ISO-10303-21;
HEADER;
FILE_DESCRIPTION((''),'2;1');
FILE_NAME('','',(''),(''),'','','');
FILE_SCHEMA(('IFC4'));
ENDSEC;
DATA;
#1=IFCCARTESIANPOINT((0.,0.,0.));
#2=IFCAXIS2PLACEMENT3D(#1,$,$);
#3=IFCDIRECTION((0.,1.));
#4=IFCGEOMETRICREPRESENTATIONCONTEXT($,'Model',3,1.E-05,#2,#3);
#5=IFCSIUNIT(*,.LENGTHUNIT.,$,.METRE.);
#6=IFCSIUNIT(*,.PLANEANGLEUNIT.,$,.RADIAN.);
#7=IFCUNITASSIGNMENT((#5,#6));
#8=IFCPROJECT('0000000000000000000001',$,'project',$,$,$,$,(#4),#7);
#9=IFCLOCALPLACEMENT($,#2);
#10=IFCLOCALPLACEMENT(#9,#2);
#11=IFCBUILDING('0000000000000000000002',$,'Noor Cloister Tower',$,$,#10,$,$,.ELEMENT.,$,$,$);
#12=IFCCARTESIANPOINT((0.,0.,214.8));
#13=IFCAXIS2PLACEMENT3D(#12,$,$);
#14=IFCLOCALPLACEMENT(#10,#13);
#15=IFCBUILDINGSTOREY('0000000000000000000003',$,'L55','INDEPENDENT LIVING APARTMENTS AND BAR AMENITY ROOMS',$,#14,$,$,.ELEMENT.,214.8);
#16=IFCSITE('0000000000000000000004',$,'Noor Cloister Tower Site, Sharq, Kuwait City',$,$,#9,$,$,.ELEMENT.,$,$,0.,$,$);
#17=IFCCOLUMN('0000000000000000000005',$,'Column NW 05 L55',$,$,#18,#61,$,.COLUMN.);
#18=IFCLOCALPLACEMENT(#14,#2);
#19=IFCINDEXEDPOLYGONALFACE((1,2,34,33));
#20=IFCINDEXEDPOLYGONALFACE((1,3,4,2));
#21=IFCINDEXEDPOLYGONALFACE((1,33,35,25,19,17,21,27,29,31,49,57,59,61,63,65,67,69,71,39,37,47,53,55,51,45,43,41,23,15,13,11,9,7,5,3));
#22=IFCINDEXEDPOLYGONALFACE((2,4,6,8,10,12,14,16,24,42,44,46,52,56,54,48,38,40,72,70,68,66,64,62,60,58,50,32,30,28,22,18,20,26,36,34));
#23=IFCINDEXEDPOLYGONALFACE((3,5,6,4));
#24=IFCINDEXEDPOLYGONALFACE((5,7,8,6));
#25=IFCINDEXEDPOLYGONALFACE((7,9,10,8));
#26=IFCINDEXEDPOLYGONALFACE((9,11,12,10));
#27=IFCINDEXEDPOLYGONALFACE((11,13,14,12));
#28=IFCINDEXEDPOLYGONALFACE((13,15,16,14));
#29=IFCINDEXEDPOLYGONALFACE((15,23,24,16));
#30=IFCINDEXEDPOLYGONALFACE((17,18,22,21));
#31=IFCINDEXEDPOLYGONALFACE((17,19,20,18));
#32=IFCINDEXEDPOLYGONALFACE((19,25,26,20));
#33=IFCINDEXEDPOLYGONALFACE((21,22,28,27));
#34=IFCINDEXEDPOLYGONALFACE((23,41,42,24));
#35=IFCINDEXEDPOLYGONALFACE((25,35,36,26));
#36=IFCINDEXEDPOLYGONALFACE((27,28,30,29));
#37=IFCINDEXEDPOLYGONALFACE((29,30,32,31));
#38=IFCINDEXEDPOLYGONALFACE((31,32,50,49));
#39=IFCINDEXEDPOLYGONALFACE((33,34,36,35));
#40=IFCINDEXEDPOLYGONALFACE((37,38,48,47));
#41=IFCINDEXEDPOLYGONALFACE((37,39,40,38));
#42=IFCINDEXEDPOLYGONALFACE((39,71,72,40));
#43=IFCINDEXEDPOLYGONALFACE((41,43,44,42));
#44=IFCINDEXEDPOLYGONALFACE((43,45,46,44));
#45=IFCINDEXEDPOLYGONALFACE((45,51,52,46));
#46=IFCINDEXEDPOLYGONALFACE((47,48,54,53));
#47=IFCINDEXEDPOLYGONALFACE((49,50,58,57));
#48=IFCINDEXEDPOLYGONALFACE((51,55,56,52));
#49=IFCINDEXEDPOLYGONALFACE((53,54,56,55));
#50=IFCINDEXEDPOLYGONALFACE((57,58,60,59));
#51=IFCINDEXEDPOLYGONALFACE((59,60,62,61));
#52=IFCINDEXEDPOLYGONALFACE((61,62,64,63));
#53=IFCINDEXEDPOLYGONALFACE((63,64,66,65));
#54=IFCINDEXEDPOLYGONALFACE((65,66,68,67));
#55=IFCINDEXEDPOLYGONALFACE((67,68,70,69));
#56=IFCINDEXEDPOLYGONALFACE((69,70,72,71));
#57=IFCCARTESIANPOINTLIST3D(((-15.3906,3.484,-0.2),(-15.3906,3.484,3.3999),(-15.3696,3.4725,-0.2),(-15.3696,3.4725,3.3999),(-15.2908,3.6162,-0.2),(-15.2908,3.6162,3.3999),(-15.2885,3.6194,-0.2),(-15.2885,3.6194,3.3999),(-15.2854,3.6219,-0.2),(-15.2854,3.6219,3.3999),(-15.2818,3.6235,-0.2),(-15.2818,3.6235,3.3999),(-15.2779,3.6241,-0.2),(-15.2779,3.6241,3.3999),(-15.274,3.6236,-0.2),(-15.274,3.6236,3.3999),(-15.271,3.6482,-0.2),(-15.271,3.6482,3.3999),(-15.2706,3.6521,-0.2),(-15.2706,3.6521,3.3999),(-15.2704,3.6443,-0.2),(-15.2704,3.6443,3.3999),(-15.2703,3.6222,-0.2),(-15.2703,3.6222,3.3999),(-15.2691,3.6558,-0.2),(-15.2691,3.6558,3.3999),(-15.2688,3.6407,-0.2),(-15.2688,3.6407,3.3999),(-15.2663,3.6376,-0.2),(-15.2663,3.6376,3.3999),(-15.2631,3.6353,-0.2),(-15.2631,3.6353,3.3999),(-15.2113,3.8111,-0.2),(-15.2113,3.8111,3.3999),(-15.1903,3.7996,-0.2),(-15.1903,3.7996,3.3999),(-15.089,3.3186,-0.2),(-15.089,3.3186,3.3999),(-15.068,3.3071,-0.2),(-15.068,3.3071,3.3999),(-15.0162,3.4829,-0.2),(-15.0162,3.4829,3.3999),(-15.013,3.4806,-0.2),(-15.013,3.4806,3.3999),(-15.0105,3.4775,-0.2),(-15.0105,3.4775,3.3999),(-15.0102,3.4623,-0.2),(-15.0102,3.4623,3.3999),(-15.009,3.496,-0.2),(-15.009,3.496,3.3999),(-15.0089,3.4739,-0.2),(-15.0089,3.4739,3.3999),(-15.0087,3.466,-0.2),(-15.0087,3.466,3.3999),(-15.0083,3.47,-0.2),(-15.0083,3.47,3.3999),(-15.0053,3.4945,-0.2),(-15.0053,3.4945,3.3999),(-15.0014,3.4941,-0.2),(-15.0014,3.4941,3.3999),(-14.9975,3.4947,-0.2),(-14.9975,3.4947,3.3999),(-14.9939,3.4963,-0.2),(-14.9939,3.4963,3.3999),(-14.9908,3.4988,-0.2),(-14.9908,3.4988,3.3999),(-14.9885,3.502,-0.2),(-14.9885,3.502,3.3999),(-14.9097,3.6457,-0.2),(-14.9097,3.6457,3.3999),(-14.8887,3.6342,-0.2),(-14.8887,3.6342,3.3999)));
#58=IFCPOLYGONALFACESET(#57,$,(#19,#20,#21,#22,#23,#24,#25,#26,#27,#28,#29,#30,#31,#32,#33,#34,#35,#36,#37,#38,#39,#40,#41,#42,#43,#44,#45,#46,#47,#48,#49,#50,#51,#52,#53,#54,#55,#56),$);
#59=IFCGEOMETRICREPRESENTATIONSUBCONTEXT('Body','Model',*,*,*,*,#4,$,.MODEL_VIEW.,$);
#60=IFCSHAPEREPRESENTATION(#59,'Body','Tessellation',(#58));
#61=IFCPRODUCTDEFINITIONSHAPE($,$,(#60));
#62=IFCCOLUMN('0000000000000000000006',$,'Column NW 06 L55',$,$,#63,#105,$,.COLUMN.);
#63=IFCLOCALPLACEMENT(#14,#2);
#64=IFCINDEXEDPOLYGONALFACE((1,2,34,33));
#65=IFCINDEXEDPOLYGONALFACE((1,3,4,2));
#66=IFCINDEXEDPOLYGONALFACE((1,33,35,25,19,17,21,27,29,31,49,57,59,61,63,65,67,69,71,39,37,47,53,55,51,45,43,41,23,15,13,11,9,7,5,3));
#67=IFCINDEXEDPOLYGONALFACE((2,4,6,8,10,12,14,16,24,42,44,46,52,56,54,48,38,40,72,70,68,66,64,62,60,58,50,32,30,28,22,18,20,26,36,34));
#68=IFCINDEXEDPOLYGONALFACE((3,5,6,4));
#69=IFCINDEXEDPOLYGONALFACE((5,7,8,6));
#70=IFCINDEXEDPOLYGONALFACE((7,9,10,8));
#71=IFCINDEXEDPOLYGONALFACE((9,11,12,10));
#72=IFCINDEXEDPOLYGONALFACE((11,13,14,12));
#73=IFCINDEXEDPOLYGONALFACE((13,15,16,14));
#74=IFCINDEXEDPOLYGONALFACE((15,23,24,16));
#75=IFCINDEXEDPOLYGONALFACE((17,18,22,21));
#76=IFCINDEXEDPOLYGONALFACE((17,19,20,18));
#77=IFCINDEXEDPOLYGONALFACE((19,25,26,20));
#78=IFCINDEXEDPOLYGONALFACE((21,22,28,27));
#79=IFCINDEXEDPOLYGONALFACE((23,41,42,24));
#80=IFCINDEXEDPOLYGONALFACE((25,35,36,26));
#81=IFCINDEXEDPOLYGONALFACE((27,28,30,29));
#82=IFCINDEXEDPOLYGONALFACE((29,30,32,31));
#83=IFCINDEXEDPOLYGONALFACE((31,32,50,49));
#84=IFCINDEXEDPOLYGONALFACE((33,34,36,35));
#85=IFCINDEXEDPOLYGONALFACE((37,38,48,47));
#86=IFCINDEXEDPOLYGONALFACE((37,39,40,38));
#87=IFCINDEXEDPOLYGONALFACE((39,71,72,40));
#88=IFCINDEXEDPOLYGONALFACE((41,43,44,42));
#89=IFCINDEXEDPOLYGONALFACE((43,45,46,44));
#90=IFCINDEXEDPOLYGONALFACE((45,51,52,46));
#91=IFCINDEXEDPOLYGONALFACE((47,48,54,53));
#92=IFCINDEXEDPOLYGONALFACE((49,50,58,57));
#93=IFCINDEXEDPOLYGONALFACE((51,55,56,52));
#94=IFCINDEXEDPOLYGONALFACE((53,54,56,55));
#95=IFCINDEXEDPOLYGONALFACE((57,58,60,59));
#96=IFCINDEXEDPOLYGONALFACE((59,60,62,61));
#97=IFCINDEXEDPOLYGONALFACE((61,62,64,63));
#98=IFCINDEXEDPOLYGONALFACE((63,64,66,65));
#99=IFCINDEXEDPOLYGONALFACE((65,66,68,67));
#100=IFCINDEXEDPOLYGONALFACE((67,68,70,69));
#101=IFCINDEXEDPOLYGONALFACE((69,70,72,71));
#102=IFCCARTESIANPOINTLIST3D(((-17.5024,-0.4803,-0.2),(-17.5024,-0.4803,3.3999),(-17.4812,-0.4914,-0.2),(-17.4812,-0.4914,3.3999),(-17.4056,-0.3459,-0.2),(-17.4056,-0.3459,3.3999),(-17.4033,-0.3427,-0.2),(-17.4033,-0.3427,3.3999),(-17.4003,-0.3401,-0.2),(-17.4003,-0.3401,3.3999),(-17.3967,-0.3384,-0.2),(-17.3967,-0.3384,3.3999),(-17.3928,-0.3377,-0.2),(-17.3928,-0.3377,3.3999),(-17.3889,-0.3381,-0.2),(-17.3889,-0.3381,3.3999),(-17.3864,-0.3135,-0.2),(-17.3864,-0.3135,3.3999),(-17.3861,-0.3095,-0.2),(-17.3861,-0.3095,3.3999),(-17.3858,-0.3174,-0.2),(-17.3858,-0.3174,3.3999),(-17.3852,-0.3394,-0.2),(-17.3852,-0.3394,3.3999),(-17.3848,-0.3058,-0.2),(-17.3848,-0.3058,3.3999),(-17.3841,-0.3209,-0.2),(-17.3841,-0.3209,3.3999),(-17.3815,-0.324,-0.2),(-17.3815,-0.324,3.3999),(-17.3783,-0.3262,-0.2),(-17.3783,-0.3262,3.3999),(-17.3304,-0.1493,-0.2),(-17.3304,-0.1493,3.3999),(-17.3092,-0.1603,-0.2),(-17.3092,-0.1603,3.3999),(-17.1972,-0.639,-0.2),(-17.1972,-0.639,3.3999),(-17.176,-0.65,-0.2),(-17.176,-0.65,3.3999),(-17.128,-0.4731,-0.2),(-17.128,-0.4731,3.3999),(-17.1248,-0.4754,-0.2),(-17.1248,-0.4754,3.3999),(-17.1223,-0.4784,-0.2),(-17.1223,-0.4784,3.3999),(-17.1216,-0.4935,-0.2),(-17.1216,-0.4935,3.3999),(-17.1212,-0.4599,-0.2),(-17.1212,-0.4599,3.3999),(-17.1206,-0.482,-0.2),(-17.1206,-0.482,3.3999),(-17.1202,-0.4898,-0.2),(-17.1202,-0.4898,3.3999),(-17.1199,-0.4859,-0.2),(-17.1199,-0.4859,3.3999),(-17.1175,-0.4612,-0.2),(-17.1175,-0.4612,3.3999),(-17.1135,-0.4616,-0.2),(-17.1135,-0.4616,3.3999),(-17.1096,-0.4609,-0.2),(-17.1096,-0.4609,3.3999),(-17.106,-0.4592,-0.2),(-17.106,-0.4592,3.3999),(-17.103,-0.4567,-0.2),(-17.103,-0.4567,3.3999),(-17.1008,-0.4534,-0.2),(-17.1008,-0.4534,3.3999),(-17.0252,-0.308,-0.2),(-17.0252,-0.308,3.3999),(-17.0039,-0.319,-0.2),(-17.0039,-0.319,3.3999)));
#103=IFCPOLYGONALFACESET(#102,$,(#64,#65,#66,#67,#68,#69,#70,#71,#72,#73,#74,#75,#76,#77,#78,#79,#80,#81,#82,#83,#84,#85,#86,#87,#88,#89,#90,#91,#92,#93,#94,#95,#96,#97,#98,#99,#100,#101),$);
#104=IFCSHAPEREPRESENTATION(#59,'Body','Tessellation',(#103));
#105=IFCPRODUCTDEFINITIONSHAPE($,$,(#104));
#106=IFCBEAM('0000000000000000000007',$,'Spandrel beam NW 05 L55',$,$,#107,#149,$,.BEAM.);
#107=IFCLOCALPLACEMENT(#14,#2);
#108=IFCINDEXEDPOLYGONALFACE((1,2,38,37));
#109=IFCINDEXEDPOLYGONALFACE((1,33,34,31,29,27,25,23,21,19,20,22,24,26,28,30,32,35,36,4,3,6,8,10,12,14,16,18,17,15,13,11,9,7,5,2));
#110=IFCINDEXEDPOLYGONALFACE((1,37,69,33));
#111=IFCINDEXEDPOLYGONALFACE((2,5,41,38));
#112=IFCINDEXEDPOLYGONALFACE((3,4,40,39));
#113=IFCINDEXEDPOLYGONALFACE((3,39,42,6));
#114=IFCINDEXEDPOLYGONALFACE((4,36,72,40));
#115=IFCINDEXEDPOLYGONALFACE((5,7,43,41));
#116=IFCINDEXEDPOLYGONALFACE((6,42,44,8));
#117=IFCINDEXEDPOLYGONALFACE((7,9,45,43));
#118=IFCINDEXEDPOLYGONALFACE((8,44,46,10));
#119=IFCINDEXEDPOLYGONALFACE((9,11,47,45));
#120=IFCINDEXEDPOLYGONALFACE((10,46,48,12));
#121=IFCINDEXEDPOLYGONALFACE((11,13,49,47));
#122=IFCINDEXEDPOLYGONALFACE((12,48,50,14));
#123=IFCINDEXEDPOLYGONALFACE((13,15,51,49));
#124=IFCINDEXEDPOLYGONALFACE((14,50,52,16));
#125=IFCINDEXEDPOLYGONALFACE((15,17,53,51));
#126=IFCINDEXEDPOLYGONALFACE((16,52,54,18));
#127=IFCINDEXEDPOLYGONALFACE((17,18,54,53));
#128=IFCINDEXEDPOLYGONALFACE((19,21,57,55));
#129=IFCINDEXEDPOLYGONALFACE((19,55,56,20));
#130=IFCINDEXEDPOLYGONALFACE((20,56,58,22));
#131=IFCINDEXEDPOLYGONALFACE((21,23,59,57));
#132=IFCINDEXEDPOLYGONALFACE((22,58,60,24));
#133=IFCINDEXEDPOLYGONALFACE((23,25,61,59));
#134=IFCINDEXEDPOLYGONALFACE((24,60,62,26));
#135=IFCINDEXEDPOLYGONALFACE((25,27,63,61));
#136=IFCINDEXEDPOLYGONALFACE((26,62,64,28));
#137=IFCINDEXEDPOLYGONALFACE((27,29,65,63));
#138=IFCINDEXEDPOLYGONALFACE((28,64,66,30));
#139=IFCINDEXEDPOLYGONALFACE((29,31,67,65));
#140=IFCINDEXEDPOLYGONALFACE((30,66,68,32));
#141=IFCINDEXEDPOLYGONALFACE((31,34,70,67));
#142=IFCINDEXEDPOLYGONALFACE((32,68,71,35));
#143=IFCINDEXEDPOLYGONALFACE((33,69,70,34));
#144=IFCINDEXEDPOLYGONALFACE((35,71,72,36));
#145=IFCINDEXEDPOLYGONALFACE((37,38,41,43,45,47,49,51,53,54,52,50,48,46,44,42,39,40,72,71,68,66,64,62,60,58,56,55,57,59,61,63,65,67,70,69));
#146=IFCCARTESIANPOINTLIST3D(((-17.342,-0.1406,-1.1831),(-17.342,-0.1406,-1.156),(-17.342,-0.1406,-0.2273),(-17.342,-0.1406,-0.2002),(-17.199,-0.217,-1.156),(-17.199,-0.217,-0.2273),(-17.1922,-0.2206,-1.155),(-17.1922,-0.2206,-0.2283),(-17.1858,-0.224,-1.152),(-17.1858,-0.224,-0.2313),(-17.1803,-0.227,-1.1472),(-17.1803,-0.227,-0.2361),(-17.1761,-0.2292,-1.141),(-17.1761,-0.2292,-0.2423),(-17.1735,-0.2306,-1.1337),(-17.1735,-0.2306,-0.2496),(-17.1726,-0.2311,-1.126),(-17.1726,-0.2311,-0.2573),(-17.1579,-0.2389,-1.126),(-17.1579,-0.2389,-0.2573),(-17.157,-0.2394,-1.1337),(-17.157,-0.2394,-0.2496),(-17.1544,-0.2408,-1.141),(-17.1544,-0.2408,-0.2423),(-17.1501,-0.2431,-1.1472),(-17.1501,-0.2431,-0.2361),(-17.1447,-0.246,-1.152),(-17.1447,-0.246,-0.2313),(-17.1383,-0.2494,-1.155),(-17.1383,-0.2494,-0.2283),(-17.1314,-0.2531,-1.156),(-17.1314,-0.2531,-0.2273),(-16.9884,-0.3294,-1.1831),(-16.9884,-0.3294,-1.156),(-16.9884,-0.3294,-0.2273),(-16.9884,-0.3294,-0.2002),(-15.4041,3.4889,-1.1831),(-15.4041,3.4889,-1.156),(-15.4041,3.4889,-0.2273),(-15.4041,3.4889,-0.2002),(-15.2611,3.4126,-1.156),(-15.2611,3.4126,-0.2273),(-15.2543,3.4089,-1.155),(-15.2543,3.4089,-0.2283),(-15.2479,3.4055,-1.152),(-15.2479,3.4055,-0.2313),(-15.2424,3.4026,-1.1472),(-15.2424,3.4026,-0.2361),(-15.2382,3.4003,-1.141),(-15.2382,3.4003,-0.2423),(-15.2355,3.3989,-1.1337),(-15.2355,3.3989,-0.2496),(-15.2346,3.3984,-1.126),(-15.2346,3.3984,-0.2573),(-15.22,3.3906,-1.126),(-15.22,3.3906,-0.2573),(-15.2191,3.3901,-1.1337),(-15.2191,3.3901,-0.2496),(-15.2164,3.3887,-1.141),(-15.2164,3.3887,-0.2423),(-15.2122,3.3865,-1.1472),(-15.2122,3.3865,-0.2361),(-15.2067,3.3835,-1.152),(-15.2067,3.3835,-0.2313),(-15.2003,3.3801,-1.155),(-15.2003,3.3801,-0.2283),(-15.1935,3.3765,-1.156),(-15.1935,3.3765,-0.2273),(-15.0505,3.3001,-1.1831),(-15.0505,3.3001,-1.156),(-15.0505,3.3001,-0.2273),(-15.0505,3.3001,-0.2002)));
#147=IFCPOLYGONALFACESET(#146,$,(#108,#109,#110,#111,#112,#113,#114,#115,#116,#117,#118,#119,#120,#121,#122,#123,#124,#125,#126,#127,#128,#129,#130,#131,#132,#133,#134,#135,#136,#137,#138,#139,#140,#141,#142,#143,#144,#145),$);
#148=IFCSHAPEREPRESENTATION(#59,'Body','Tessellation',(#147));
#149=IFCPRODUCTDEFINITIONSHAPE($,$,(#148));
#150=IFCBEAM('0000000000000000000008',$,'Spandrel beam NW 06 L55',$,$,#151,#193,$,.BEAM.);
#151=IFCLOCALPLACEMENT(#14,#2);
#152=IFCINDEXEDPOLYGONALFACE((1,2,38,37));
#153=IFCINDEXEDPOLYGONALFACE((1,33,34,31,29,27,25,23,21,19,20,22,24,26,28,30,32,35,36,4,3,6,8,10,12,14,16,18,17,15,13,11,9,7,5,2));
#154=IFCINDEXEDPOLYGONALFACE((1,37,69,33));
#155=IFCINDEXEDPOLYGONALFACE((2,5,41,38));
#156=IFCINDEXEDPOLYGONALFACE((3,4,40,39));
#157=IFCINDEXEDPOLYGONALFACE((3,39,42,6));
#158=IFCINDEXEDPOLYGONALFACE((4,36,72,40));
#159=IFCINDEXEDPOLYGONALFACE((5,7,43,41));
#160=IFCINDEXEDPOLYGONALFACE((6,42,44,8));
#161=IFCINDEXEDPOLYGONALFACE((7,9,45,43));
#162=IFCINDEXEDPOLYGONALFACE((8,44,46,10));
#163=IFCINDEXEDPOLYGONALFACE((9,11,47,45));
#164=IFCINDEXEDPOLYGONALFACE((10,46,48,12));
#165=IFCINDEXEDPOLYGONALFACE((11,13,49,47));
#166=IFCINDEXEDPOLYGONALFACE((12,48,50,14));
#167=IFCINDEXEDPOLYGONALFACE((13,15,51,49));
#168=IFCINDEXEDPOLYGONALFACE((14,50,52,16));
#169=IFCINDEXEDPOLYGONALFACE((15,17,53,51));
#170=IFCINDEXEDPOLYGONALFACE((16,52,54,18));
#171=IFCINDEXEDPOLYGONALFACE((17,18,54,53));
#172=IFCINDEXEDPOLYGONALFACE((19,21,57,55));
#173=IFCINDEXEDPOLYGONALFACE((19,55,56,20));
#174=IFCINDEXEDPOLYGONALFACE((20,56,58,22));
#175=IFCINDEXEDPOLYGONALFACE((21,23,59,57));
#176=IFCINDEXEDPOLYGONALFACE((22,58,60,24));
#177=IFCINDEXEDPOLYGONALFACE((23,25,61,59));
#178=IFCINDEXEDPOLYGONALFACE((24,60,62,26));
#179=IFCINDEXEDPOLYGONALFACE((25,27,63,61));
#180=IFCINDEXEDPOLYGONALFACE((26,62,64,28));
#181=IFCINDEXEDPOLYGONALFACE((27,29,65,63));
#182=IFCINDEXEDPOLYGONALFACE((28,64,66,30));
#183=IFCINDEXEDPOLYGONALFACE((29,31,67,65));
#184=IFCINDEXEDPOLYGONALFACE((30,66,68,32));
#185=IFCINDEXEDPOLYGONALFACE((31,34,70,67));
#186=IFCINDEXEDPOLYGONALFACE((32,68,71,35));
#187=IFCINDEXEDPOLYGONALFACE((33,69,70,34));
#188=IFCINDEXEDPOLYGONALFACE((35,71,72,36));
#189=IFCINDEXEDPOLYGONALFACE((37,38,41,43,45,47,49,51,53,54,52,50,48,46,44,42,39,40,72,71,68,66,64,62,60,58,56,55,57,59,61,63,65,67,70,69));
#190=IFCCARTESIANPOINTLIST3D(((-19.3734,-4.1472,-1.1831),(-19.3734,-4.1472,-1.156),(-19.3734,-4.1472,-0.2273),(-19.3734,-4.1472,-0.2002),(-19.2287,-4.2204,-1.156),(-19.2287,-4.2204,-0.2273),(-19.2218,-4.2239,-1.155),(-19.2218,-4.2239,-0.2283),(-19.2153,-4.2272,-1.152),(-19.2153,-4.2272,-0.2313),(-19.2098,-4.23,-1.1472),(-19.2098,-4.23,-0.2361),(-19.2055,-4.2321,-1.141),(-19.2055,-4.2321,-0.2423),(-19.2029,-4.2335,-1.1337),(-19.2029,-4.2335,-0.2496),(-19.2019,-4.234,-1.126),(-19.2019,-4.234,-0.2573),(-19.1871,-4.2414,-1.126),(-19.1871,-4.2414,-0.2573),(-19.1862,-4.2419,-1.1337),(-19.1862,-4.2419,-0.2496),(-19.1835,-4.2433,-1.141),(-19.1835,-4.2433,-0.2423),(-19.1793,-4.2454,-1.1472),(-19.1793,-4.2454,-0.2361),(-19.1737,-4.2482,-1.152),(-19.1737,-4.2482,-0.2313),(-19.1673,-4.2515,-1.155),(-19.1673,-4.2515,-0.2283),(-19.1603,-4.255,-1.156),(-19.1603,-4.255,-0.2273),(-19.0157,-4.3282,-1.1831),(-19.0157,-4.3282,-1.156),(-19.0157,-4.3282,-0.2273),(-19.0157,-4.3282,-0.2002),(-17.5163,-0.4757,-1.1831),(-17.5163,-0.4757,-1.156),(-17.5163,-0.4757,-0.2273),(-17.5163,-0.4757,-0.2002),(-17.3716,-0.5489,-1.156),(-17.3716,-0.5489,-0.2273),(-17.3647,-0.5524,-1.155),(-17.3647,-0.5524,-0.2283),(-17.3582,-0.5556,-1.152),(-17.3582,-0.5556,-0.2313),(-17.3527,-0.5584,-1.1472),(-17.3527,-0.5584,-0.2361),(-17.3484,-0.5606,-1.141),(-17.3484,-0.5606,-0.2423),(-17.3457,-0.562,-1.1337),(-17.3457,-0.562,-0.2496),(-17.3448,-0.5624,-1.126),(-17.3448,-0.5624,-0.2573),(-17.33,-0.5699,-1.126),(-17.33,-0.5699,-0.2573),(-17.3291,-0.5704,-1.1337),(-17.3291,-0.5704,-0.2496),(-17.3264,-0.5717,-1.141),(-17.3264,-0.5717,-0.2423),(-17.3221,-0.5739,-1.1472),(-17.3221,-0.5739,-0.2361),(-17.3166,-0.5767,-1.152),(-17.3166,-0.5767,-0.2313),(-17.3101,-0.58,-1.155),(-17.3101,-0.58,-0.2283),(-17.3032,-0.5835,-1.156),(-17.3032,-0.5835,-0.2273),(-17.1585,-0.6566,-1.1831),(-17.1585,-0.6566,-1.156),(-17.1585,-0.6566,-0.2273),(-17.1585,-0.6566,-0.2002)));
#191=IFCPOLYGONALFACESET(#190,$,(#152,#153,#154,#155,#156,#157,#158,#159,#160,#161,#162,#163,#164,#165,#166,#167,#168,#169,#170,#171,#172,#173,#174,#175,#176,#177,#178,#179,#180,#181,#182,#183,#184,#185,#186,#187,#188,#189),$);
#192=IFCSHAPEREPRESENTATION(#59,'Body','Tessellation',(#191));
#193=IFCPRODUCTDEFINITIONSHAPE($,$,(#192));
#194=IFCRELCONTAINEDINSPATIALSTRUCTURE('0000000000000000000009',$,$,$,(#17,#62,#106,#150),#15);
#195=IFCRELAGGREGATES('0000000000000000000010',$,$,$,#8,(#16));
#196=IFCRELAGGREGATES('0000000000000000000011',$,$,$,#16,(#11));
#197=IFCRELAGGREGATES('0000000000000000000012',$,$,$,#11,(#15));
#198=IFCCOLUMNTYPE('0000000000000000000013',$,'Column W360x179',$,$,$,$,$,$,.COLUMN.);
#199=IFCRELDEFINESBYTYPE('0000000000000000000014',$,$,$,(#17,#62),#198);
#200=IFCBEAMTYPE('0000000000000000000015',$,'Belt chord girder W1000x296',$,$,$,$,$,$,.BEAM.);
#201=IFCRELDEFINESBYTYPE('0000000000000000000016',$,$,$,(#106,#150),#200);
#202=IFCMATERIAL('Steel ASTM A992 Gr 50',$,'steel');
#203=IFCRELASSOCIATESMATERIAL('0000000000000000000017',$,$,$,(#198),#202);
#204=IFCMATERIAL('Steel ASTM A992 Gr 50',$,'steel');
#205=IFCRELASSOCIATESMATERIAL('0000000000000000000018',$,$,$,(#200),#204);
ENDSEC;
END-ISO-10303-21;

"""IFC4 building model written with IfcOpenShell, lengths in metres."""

from ifc_helpers import new_model, si_unit, direction, frame, origin, origin_2d, place, context, subcontext, project, spatial, i_section, extrude, material, material_profile, profile_set, type_object, element, save


model = new_model("IFC4")

# Units and contexts
model_context = context("Model", 3, precision=1e-05, world=origin(), true_north=direction((0.0, 1.0)))
body_context = subcontext(model_context, "Body", "Model", "MODEL_VIEW")
ifc_project = project(units=[si_unit("LENGTHUNIT", "METRE"), si_unit("PLANEANGLEUNIT", "RADIAN")], contexts=[model_context])

# Site, building, storey
site_placement = place(None, origin())
site = spatial("IfcSite", under=ifc_project, at=site_placement, Name="Noor Cloister Tower Site, Sharq, Kuwait City", CompositionType="ELEMENT", RefElevation=0.0)
building_placement = place(site_placement, origin())
building = spatial("IfcBuilding", under=site, at=building_placement, Name="Noor Cloister Tower", CompositionType="ELEMENT")
storey_placement = place(building_placement, frame((0.0, 0.0, 214.8)))
storey = spatial("IfcBuildingStorey", under=building, at=storey_placement, Name="L55", Description="INDEPENDENT LIVING APARTMENTS AND BAR AMENITY ROOMS", CompositionType="ELEMENT", Elevation=214.8)

# Columns
ifc_material_1 = material(Name="Steel ASTM A992 Gr 50", Category="steel")
ifc_material_profile_1 = material_profile(ifc_material_1, i_section(OverallWidth=0.373, OverallDepth=0.3679, WebThickness=0.0149, FlangeThickness=0.0239, FilletRadius=0.0151, at=origin_2d()), Name="W360x179")
ifc_profile_set_1 = profile_set([ifc_material_profile_1], Name="Steel ASTM A992 Gr 50")
column_type = type_object("IfcColumnType", Name="Column W360x179", PredefinedType="COLUMN", material=ifc_profile_set_1)
for number, where, z_axis, x_axis, name in (
    (1, (-15.1396, 3.5591, -0.2), (0.0, 0.0, 1.0), (-0.480711, -0.876879, 0.0), "Column NW 05 L55"),
    (2, (-17.2532, -0.3997, -0.2), (0.0, 0.0, 1.0), (-0.461186, -0.887303, 0.0), "Column NW 06 L55"),
):
    element("IfcColumn", number, at=place(storey_placement, frame(where, z_axis=z_axis, x_axis=x_axis)), inside=storey, type_object=column_type, Name=name, PredefinedType="COLUMN", context=body_context, shape_type="SweptSolid", body=[
        extrude(i_section(OverallWidth=0.373, OverallDepth=0.3679, WebThickness=0.0149, FlangeThickness=0.0239, FilletRadius=0.0151, at=origin_2d()), origin(), (0.0, 0.0, 1.0), 3.5999),
    ])

# Beams
ifc_material_2 = material(Name="Steel ASTM A992 Gr 50", Category="steel")
ifc_material_profile_2 = material_profile(ifc_material_2, i_section(OverallWidth=0.4009, OverallDepth=0.9829, WebThickness=0.0166, FlangeThickness=0.0271, FilletRadius=0.03, at=origin_2d()), Name="W1000x296")
ifc_profile_set_2 = profile_set([ifc_material_profile_2], Name="Steel ASTM A992 Gr 50")
beam_type_1 = type_object("IfcBeamType", Name="Belt chord girder W1000x296", PredefinedType="BEAM", material=ifc_profile_set_2)
for number, where, z_axis, x_axis, name in (
    (3, (-15.2273, 3.3945, -0.6917), (-0.471001, -0.882133, 0.0), (0.882133, -0.471001, 0.0), "Spandrel beam NW 05 L55"),
    (4, (-17.3374, -0.5662, -0.6917), (-0.451362, -0.892341, 0.0), (0.892341, -0.451362, 0.0), "Spandrel beam NW 06 L55"),
):
    element("IfcBeam", number, at=place(storey_placement, frame(where, z_axis=z_axis, x_axis=x_axis)), inside=storey, type_object=beam_type_1, Name=name, PredefinedType="BEAM", context=body_context, shape_type="SweptSolid", body=[
        extrude(i_section(OverallWidth=0.4009, OverallDepth=0.9829, WebThickness=0.0166, FlangeThickness=0.0271, FilletRadius=0.03, at=origin_2d()), origin(), (0.0, 0.0, 1.0), 4.1145),
    ])

save(model, "model.ifc")
